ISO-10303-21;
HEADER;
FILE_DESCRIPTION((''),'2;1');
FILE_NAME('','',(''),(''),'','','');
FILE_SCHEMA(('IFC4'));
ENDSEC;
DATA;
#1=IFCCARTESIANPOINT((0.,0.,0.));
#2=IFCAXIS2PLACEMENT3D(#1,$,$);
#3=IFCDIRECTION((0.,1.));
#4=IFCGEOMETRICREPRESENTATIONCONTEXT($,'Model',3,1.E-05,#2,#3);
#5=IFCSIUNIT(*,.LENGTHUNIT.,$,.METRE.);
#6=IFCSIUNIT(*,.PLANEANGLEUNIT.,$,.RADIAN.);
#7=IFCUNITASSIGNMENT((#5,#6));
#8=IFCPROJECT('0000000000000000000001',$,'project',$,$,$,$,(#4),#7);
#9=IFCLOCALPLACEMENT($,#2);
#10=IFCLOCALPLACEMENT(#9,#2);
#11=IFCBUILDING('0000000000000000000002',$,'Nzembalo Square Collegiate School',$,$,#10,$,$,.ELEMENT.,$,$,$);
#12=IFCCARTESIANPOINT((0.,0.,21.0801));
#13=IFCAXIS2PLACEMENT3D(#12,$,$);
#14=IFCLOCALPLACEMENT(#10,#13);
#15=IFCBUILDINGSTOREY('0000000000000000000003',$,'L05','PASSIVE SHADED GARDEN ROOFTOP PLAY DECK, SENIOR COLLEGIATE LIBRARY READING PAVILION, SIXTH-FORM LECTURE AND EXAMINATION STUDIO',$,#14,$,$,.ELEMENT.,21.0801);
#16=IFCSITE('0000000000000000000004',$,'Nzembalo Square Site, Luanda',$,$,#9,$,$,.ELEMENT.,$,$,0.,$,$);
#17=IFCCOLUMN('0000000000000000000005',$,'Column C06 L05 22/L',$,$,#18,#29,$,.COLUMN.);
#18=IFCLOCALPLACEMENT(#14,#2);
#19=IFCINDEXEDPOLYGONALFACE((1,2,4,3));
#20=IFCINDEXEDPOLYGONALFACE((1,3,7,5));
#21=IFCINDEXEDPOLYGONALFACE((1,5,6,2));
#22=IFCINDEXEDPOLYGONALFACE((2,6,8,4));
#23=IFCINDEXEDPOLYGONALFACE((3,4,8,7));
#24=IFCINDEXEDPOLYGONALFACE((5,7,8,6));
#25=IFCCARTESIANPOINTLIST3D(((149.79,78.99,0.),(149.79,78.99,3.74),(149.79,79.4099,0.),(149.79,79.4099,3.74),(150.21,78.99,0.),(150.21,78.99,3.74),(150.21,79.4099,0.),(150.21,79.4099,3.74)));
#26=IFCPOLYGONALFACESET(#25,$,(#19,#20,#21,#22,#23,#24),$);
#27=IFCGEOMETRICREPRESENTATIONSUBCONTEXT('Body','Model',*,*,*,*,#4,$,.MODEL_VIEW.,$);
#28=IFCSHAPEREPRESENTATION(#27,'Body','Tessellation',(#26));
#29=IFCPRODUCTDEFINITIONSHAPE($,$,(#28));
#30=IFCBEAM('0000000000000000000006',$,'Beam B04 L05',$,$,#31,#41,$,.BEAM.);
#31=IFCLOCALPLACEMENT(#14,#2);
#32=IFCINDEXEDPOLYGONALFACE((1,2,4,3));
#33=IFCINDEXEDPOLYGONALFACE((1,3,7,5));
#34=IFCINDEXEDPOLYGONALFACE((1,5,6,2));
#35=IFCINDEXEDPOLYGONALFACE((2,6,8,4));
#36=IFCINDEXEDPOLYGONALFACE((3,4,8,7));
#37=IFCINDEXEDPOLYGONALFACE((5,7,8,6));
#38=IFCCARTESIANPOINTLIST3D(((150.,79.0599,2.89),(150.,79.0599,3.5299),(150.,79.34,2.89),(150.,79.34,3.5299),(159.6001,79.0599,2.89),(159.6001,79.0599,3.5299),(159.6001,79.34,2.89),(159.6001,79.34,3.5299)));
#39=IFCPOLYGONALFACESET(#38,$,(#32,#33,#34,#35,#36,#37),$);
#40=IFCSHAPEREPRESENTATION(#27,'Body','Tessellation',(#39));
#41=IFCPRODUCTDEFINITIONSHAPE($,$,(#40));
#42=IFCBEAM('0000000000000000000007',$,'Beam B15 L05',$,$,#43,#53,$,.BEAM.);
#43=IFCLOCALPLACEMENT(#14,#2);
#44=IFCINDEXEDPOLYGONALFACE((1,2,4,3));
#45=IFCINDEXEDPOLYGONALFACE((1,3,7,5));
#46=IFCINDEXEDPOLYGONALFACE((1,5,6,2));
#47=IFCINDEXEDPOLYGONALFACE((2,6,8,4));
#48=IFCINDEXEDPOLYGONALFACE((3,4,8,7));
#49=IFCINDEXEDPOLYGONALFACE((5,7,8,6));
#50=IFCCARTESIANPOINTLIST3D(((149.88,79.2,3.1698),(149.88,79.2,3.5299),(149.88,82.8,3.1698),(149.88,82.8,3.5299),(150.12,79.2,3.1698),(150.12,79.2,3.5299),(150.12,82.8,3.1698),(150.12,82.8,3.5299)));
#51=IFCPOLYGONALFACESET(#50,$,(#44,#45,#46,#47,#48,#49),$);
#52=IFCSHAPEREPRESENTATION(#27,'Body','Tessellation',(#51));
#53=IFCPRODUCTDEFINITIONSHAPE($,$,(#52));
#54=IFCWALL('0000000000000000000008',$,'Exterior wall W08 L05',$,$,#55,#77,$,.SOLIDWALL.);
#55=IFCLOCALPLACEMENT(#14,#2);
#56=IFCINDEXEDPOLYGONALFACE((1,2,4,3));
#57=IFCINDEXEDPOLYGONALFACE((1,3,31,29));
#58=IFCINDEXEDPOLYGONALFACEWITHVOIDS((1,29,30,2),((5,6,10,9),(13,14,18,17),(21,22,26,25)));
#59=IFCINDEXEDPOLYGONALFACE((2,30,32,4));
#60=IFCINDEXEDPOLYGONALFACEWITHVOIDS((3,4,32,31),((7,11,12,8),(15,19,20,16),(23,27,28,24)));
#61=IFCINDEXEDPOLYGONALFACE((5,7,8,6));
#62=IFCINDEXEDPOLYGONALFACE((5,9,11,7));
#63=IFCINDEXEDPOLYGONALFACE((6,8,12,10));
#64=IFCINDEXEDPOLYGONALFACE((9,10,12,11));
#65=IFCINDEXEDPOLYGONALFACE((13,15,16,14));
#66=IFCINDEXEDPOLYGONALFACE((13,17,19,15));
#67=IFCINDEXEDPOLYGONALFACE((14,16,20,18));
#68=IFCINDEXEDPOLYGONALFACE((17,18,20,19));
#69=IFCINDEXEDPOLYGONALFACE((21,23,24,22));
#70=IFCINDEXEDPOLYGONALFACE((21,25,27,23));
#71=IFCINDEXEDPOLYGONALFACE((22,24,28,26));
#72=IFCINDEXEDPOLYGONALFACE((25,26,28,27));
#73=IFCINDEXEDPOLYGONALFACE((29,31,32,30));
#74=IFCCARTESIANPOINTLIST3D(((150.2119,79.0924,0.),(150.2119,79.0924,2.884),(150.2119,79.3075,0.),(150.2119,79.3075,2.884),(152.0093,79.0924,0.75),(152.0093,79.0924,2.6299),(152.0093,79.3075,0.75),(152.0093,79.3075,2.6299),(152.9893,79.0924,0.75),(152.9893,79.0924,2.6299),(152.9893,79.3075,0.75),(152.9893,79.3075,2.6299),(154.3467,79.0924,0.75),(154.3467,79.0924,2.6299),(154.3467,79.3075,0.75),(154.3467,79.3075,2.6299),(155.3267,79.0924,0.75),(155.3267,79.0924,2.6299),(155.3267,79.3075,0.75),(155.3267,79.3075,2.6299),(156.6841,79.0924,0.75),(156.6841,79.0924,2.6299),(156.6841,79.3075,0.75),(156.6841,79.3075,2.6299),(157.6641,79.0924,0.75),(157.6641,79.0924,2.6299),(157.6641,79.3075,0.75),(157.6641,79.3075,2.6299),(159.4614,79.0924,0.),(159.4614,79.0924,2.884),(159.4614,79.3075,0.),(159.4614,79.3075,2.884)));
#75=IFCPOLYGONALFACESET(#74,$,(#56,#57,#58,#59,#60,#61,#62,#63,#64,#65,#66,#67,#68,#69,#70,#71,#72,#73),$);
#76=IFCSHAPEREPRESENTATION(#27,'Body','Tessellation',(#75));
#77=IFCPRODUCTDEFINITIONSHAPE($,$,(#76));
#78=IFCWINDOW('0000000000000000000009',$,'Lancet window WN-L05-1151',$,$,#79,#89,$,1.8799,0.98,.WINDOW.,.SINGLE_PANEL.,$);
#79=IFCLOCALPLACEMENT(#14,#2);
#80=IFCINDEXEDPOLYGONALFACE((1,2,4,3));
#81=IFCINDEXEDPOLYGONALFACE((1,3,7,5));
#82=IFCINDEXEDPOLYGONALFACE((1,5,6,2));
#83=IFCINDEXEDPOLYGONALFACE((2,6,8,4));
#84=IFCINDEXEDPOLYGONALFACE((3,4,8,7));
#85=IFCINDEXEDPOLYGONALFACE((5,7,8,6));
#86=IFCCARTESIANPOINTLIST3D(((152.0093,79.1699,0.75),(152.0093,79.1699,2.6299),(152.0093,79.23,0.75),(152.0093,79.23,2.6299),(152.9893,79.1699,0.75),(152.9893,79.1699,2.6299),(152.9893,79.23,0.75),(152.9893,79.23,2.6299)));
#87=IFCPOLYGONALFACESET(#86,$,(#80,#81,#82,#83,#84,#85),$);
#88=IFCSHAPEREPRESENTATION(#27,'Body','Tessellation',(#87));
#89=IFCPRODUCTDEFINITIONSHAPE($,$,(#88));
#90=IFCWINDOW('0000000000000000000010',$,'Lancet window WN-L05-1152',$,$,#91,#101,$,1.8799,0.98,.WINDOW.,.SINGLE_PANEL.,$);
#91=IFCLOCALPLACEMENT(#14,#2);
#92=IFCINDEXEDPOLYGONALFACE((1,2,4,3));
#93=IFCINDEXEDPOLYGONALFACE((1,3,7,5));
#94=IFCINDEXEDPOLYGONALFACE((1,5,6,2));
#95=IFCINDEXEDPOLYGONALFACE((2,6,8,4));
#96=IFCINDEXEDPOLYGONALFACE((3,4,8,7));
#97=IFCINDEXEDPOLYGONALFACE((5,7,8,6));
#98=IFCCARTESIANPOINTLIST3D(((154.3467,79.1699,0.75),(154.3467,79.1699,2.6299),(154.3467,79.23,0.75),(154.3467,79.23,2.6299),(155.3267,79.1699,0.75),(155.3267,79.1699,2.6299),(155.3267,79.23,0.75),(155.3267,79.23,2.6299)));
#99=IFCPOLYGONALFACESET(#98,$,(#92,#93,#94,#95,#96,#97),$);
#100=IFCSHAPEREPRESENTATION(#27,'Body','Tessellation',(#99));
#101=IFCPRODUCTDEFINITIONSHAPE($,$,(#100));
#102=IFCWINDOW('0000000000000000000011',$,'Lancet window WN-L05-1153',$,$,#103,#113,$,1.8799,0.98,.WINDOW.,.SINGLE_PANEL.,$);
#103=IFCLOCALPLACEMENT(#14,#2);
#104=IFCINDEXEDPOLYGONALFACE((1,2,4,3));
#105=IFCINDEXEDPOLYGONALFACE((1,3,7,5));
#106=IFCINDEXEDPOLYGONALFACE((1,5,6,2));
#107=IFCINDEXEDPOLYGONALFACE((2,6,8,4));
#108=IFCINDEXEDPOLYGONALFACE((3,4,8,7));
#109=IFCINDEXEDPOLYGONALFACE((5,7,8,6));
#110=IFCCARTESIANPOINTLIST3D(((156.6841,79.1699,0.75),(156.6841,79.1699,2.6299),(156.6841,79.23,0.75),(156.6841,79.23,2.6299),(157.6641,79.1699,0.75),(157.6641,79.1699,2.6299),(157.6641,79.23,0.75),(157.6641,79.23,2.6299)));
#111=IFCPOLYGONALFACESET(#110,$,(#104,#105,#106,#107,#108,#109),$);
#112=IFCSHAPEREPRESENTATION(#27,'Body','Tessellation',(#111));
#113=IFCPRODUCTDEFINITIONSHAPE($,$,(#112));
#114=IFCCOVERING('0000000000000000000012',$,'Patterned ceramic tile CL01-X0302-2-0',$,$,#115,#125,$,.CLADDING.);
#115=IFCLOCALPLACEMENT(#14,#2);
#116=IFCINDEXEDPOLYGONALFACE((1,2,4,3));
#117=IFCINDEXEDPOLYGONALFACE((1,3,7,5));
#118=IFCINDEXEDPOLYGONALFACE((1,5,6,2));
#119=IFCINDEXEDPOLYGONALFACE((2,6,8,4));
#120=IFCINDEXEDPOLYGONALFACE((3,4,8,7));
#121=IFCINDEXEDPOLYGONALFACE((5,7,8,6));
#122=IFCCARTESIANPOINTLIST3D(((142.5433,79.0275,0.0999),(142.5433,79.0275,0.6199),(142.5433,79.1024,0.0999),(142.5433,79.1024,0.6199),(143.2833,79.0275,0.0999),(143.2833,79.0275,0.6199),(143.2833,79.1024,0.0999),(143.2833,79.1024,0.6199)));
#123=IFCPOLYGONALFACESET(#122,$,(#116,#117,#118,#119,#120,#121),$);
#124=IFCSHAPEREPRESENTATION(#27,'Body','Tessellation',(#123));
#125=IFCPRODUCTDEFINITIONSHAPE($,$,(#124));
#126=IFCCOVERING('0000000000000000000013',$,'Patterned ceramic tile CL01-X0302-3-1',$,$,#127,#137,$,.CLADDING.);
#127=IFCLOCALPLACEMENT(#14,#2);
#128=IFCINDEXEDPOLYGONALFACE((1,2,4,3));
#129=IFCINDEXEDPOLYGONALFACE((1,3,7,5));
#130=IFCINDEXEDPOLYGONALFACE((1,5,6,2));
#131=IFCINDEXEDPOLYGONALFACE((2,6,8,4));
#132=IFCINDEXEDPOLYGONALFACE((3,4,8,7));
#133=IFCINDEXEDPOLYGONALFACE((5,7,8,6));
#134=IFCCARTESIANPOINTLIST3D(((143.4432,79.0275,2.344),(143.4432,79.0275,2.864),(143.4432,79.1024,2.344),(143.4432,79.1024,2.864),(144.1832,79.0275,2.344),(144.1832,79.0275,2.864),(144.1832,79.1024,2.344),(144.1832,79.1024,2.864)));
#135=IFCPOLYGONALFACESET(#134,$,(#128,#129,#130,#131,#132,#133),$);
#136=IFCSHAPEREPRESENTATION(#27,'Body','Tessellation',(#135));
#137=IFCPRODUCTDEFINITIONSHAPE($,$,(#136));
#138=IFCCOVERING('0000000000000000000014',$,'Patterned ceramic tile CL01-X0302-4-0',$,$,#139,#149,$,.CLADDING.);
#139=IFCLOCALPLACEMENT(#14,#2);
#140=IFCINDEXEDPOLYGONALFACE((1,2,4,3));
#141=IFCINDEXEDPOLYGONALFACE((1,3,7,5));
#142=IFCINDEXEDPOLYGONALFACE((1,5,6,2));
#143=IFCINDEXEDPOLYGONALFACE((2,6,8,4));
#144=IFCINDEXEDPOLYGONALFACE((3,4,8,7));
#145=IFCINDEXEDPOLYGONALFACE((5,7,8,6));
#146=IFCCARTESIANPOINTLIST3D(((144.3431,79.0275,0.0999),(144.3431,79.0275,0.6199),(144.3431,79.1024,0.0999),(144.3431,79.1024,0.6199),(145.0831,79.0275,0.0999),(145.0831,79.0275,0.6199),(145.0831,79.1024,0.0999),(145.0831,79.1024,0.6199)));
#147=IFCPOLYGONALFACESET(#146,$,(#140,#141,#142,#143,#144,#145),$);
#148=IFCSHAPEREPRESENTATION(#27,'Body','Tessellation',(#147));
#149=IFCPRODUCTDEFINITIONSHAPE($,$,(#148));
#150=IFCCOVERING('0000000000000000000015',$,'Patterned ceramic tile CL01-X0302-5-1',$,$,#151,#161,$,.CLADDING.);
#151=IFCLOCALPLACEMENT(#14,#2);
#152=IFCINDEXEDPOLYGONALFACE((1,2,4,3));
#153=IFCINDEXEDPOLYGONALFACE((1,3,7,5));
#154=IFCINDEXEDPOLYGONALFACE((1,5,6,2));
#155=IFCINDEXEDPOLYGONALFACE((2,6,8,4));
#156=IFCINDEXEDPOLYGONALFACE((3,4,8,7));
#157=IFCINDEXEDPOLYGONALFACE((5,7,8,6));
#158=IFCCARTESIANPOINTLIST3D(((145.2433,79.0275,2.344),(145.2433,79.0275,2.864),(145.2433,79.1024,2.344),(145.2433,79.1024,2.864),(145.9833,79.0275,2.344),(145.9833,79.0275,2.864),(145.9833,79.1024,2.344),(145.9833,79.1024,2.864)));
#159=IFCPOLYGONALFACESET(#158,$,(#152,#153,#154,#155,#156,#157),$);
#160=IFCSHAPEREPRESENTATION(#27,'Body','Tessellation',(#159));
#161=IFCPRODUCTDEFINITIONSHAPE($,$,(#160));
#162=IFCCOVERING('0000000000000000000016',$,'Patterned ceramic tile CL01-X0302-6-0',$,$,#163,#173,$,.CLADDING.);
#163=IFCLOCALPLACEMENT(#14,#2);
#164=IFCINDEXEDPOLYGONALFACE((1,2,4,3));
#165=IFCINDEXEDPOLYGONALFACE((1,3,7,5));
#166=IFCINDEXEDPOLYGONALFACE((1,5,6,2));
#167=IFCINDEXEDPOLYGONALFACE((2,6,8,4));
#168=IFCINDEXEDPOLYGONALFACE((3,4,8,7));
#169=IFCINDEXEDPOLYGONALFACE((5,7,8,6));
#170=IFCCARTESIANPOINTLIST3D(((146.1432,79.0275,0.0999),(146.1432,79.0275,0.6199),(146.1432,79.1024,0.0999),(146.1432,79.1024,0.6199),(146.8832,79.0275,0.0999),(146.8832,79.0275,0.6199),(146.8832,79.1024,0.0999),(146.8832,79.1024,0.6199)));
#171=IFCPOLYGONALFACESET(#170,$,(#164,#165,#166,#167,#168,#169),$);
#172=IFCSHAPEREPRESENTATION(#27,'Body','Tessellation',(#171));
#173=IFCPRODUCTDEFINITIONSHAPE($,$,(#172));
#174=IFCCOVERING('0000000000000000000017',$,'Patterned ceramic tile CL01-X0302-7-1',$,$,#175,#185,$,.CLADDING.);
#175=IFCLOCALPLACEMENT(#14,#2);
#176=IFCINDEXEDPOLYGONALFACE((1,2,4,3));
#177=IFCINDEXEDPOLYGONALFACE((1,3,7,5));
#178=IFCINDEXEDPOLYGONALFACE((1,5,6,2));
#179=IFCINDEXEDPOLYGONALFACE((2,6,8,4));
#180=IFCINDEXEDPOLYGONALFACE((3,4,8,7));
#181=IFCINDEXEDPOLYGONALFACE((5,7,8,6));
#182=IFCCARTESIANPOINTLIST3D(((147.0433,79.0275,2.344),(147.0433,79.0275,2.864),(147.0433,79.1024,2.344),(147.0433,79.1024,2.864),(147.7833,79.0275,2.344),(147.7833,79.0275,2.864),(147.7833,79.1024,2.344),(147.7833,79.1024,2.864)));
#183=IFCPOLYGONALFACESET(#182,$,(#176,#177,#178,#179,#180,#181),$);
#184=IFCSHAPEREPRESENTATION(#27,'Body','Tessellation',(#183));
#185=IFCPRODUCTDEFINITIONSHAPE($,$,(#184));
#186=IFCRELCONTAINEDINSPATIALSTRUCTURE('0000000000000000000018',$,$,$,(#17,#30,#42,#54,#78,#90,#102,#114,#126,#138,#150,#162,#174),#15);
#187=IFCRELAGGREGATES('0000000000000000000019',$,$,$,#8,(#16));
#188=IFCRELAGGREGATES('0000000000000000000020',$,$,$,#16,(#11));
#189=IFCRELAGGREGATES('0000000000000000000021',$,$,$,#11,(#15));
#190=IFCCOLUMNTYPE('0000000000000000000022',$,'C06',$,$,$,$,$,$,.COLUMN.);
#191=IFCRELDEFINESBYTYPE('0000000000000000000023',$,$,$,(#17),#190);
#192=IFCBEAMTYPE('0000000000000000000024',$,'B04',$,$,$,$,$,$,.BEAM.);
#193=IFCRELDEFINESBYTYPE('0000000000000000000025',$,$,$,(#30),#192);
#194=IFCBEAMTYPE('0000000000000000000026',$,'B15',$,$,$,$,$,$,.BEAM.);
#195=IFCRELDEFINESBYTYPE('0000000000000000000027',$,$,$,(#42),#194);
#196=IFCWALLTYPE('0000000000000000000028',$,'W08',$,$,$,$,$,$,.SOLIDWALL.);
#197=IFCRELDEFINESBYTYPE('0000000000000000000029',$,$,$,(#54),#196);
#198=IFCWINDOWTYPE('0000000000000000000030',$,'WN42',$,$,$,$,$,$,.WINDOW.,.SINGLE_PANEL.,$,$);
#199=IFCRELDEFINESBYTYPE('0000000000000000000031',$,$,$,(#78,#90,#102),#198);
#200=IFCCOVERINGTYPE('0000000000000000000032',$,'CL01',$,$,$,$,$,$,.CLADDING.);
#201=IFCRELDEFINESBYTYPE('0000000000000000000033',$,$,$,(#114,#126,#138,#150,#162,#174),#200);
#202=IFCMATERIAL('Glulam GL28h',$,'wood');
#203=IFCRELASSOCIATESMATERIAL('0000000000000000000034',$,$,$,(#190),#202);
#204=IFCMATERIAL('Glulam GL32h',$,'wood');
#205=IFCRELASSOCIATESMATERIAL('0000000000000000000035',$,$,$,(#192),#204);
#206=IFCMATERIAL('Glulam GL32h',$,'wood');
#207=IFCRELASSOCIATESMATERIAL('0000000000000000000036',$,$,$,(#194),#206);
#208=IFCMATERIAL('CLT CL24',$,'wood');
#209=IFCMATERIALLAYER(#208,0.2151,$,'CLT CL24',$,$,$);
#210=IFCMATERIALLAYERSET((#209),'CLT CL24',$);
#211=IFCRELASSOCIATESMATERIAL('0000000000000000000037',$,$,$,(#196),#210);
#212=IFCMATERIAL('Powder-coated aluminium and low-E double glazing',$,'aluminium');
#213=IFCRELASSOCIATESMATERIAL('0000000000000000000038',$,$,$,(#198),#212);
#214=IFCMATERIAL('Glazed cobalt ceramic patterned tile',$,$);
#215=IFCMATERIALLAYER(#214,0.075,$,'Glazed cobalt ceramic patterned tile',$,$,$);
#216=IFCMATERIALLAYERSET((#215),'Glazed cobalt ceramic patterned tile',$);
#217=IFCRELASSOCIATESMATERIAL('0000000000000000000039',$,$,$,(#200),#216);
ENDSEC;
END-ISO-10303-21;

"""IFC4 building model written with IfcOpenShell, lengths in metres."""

from ifc_helpers import new_model, si_unit, direction, frame, frame_2d, origin, origin_2d, place, context, subcontext, project, spatial, rectangle, extrude, material, layer, layer_set, material_profile, profile_set, type_object, element, fill, save


model = new_model("IFC4")

# Units and contexts
model_context = context("Model", 3, precision=1e-05, world=origin(), true_north=direction((0.0, 1.0)))
body_context = subcontext(model_context, "Body", "Model", "MODEL_VIEW")
ifc_project = project(units=[si_unit("LENGTHUNIT", "METRE"), si_unit("PLANEANGLEUNIT", "RADIAN")], contexts=[model_context])

# Site, building, storey
site_placement = place(None, origin())
site = spatial("IfcSite", under=ifc_project, at=site_placement, Name="Nzembalo Square Site, Luanda", CompositionType="ELEMENT", RefElevation=0.0)
building_placement = place(site_placement, origin())
building = spatial("IfcBuilding", under=site, at=building_placement, Name="Nzembalo Square Collegiate School", CompositionType="ELEMENT")
storey_placement = place(building_placement, frame((0.0, 0.0, 21.0801)))
storey = spatial("IfcBuildingStorey", under=building, at=storey_placement, Name="L05", Description="PASSIVE SHADED GARDEN ROOFTOP PLAY DECK, SENIOR COLLEGIATE LIBRARY READING PAVILION, SIXTH-FORM LECTURE AND EXAMINATION STUDIO", CompositionType="ELEMENT", Elevation=21.0801)

# Column
ifc_material_1 = material(Name="Glulam GL28h", Category="wood")
ifc_material_profile_1 = material_profile(ifc_material_1, rectangle(XDim=0.4199, YDim=0.4199, at=origin_2d()), Name="GL28h 420x420")
ifc_profile_set_1 = profile_set([ifc_material_profile_1], Name="Glulam GL28h")
column_type = type_object("IfcColumnType", Name="C06", PredefinedType="COLUMN", material=ifc_profile_set_1)
column_placement = place(storey_placement, frame((150.0, 79.2, 0.0), z_axis=(0.0, 0.0, 1.0), x_axis=(1.0, 0.0, 0.0)))
element("IfcColumn", 1, at=column_placement, inside=storey, type_object=column_type, Name="Column C06 L05 22/L", PredefinedType="COLUMN", context=body_context, shape_type="SweptSolid", body=[
    extrude(rectangle(XDim=0.4199, YDim=0.4199, at=origin_2d()), origin(), (0.0, 0.0, 1.0), 3.74),
])

# Beams
ifc_material_2 = material(Name="Glulam GL32h", Category="wood")
ifc_material_profile_2 = material_profile(ifc_material_2, rectangle(XDim=0.28, YDim=0.6399, at=origin_2d()), Name="GL32h 280x640")
ifc_profile_set_2 = profile_set([ifc_material_profile_2], Name="Glulam GL32h")
beam_type_1 = type_object("IfcBeamType", Name="B04", PredefinedType="BEAM", material=ifc_profile_set_2)
beam_1_placement = place(storey_placement, frame((150.0, 79.2, 3.21), z_axis=(1.0, 0.0, 0.0), x_axis=(0.0, 1.0, 0.0)))
element("IfcBeam", 2, at=beam_1_placement, inside=storey, type_object=beam_type_1, Name="Beam B04 L05", PredefinedType="BEAM", context=body_context, shape_type="SweptSolid", body=[
    extrude(rectangle(XDim=0.28, YDim=0.6399, at=origin_2d()), origin(), (0.0, 0.0, 1.0), 9.6001),
])
ifc_material_3 = material(Name="Glulam GL32h", Category="wood")
ifc_material_profile_3 = material_profile(ifc_material_3, rectangle(XDim=0.24, YDim=0.3601, at=origin_2d()), Name="GL32h 240x360")
ifc_profile_set_3 = profile_set([ifc_material_profile_3], Name="Glulam GL32h")
beam_type_2 = type_object("IfcBeamType", Name="B15", PredefinedType="BEAM", material=ifc_profile_set_3)
beam_2_placement = place(storey_placement, frame((150.0, 79.2, 3.3499), z_axis=(0.0, 1.0, 0.0), x_axis=(-1.0, 0.0, 0.0)))
element("IfcBeam", 3, at=beam_2_placement, inside=storey, type_object=beam_type_2, Name="Beam B15 L05", PredefinedType="BEAM", context=body_context, shape_type="SweptSolid", body=[
    extrude(rectangle(XDim=0.24, YDim=0.3601, at=origin_2d()), origin(), (0.0, 0.0, 1.0), 3.6001),
])

# Wall, openings, windows
ifc_material_4 = material(Name="CLT CL24", Category="wood")
ifc_layer_1 = layer(ifc_material_4, 0.2151, Name="CLT CL24")
ifc_layer_set_1 = layer_set([ifc_layer_1], Name="CLT CL24")
wall_type = type_object("IfcWallType", Name="W08", PredefinedType="SOLIDWALL", material=ifc_layer_set_1)
wall_placement = place(storey_placement, frame((150.2119, 79.2, 0.0), z_axis=(0.0, 0.0, 1.0), x_axis=(1.0, 0.0, 0.0)))
wall = element("IfcWall", 4, at=wall_placement, inside=storey, type_object=wall_type, Name="Exterior wall W08 L05", PredefinedType="SOLIDWALL", context=body_context, shape_type="SweptSolid", body=[
    extrude(rectangle(XDim=9.2495, YDim=0.2151, at=frame_2d((4.6248, 0.0))), origin(), (0.0, 0.0, 1.0), 2.884),
])
opening_1_placement = place(wall_placement, frame((1.7974, 0.0, 0.75)))
opening_1 = element("IfcOpeningElement", 5, at=opening_1_placement, cuts=wall, PredefinedType="OPENING", context=body_context, shape_type="SweptSolid", body=[
    extrude(rectangle(XDim=0.98, YDim=1.8799, at=frame_2d((0.49, 0.9399))), frame((0.0, 0.1177, 0.0), z_axis=(0.0, -1.0, 0.0), x_axis=(1.0, 0.0, 0.0)), (0.0, 0.0, 1.0), 0.2351),
])
opening_2_placement = place(wall_placement, frame((4.1348, 0.0, 0.75)))
opening_2 = element("IfcOpeningElement", 6, at=opening_2_placement, cuts=wall, PredefinedType="OPENING", context=body_context, shape_type="SweptSolid", body=[
    extrude(rectangle(XDim=0.98, YDim=1.8799, at=frame_2d((0.49, 0.9399))), frame((0.0, 0.1177, 0.0), z_axis=(0.0, -1.0, 0.0), x_axis=(1.0, 0.0, 0.0)), (0.0, 0.0, 1.0), 0.2351),
])
opening_3_placement = place(wall_placement, frame((6.4722, 0.0, 0.75)))
opening_3 = element("IfcOpeningElement", 7, at=opening_3_placement, cuts=wall, PredefinedType="OPENING", context=body_context, shape_type="SweptSolid", body=[
    extrude(rectangle(XDim=0.98, YDim=1.8799, at=frame_2d((0.49, 0.9399))), frame((0.0, 0.1177, 0.0), z_axis=(0.0, -1.0, 0.0), x_axis=(1.0, 0.0, 0.0)), (0.0, 0.0, 1.0), 0.2351),
])
ifc_material_5 = material(Name="Powder-coated aluminium and low-E double glazing", Category="aluminium")
window_type = type_object("IfcWindowType", Name="WN42", PartitioningType="SINGLE_PANEL", PredefinedType="WINDOW", material=ifc_material_5)
window_1_placement = place(opening_1_placement, origin())
window_1 = element("IfcWindow", 8, at=window_1_placement, inside=storey, type_object=window_type, Name="Lancet window WN-L05-1151", OverallHeight=1.8799, OverallWidth=0.98, PartitioningType="SINGLE_PANEL", PredefinedType="WINDOW", context=body_context, shape_type="SweptSolid", body=[
    extrude(rectangle(XDim=0.98, YDim=1.8799, at=frame_2d((0.49, 0.9399))), frame((0.0, 0.03, 0.0), z_axis=(0.0, -1.0, 0.0), x_axis=(1.0, 0.0, 0.0)), (0.0, 0.0, 1.0), 0.0601),
])
fill(opening_1, window_1)
window_2_placement = place(opening_2_placement, origin())
window_2 = element("IfcWindow", 9, at=window_2_placement, inside=storey, type_object=window_type, Name="Lancet window WN-L05-1152", OverallHeight=1.8799, OverallWidth=0.98, PartitioningType="SINGLE_PANEL", PredefinedType="WINDOW", context=body_context, shape_type="SweptSolid", body=[
    extrude(rectangle(XDim=0.98, YDim=1.8799, at=frame_2d((0.49, 0.9399))), frame((0.0, 0.03, 0.0), z_axis=(0.0, -1.0, 0.0), x_axis=(1.0, 0.0, 0.0)), (0.0, 0.0, 1.0), 0.0601),
])
fill(opening_2, window_2)
window_3_placement = place(opening_3_placement, origin())
window_3 = element("IfcWindow", 10, at=window_3_placement, inside=storey, type_object=window_type, Name="Lancet window WN-L05-1153", OverallHeight=1.8799, OverallWidth=0.98, PartitioningType="SINGLE_PANEL", PredefinedType="WINDOW", context=body_context, shape_type="SweptSolid", body=[
    extrude(rectangle(XDim=0.98, YDim=1.8799, at=frame_2d((0.49, 0.9399))), frame((0.0, 0.03, 0.0), z_axis=(0.0, -1.0, 0.0), x_axis=(1.0, 0.0, 0.0)), (0.0, 0.0, 1.0), 0.0601),
])
fill(opening_3, window_3)

# Coverings
ifc_material_6 = material(Name="Glazed cobalt ceramic patterned tile")
ifc_layer_2 = layer(ifc_material_6, 0.075, Name="Glazed cobalt ceramic patterned tile")
ifc_layer_set_2 = layer_set([ifc_layer_2], Name="Glazed cobalt ceramic patterned tile")
covering_type_1 = type_object("IfcCoveringType", Name="CL01", PredefinedType="CLADDING", material=ifc_layer_set_2)
for number, where, z_axis, x_axis, name in (
    (11, (142.9133, 79.0649, 0.0999), (0.0, 0.0, 1.0), (1.0, 0.0, 0.0), "Patterned ceramic tile CL01-X0302-2-0"),
    (12, (143.8132, 79.0649, 2.344), (0.0, 0.0, 1.0), (1.0, 0.0, 0.0), "Patterned ceramic tile CL01-X0302-3-1"),
    (13, (144.7131, 79.0649, 0.0999), (0.0, 0.0, 1.0), (1.0, 0.0, 0.0), "Patterned ceramic tile CL01-X0302-4-0"),
    (14, (145.6133, 79.0649, 2.344), (0.0, 0.0, 1.0), (1.0, 0.0, 0.0), "Patterned ceramic tile CL01-X0302-5-1"),
    (15, (146.5132, 79.0649, 0.0999), (0.0, 0.0, 1.0), (1.0, 0.0, 0.0), "Patterned ceramic tile CL01-X0302-6-0"),
    (16, (147.4133, 79.0649, 2.344), (0.0, 0.0, 1.0), (1.0, 0.0, 0.0), "Patterned ceramic tile CL01-X0302-7-1"),
):
    element("IfcCovering", number, at=place(storey_placement, frame(where, z_axis=z_axis, x_axis=x_axis)), inside=storey, type_object=covering_type_1, Name=name, PredefinedType="CLADDING", context=body_context, shape_type="SweptSolid", body=[
        extrude(rectangle(XDim=0.74, YDim=0.075, at=origin_2d()), origin(), (0.0, 0.0, 1.0), 0.52),
    ])

save(model, "model.ifc")
